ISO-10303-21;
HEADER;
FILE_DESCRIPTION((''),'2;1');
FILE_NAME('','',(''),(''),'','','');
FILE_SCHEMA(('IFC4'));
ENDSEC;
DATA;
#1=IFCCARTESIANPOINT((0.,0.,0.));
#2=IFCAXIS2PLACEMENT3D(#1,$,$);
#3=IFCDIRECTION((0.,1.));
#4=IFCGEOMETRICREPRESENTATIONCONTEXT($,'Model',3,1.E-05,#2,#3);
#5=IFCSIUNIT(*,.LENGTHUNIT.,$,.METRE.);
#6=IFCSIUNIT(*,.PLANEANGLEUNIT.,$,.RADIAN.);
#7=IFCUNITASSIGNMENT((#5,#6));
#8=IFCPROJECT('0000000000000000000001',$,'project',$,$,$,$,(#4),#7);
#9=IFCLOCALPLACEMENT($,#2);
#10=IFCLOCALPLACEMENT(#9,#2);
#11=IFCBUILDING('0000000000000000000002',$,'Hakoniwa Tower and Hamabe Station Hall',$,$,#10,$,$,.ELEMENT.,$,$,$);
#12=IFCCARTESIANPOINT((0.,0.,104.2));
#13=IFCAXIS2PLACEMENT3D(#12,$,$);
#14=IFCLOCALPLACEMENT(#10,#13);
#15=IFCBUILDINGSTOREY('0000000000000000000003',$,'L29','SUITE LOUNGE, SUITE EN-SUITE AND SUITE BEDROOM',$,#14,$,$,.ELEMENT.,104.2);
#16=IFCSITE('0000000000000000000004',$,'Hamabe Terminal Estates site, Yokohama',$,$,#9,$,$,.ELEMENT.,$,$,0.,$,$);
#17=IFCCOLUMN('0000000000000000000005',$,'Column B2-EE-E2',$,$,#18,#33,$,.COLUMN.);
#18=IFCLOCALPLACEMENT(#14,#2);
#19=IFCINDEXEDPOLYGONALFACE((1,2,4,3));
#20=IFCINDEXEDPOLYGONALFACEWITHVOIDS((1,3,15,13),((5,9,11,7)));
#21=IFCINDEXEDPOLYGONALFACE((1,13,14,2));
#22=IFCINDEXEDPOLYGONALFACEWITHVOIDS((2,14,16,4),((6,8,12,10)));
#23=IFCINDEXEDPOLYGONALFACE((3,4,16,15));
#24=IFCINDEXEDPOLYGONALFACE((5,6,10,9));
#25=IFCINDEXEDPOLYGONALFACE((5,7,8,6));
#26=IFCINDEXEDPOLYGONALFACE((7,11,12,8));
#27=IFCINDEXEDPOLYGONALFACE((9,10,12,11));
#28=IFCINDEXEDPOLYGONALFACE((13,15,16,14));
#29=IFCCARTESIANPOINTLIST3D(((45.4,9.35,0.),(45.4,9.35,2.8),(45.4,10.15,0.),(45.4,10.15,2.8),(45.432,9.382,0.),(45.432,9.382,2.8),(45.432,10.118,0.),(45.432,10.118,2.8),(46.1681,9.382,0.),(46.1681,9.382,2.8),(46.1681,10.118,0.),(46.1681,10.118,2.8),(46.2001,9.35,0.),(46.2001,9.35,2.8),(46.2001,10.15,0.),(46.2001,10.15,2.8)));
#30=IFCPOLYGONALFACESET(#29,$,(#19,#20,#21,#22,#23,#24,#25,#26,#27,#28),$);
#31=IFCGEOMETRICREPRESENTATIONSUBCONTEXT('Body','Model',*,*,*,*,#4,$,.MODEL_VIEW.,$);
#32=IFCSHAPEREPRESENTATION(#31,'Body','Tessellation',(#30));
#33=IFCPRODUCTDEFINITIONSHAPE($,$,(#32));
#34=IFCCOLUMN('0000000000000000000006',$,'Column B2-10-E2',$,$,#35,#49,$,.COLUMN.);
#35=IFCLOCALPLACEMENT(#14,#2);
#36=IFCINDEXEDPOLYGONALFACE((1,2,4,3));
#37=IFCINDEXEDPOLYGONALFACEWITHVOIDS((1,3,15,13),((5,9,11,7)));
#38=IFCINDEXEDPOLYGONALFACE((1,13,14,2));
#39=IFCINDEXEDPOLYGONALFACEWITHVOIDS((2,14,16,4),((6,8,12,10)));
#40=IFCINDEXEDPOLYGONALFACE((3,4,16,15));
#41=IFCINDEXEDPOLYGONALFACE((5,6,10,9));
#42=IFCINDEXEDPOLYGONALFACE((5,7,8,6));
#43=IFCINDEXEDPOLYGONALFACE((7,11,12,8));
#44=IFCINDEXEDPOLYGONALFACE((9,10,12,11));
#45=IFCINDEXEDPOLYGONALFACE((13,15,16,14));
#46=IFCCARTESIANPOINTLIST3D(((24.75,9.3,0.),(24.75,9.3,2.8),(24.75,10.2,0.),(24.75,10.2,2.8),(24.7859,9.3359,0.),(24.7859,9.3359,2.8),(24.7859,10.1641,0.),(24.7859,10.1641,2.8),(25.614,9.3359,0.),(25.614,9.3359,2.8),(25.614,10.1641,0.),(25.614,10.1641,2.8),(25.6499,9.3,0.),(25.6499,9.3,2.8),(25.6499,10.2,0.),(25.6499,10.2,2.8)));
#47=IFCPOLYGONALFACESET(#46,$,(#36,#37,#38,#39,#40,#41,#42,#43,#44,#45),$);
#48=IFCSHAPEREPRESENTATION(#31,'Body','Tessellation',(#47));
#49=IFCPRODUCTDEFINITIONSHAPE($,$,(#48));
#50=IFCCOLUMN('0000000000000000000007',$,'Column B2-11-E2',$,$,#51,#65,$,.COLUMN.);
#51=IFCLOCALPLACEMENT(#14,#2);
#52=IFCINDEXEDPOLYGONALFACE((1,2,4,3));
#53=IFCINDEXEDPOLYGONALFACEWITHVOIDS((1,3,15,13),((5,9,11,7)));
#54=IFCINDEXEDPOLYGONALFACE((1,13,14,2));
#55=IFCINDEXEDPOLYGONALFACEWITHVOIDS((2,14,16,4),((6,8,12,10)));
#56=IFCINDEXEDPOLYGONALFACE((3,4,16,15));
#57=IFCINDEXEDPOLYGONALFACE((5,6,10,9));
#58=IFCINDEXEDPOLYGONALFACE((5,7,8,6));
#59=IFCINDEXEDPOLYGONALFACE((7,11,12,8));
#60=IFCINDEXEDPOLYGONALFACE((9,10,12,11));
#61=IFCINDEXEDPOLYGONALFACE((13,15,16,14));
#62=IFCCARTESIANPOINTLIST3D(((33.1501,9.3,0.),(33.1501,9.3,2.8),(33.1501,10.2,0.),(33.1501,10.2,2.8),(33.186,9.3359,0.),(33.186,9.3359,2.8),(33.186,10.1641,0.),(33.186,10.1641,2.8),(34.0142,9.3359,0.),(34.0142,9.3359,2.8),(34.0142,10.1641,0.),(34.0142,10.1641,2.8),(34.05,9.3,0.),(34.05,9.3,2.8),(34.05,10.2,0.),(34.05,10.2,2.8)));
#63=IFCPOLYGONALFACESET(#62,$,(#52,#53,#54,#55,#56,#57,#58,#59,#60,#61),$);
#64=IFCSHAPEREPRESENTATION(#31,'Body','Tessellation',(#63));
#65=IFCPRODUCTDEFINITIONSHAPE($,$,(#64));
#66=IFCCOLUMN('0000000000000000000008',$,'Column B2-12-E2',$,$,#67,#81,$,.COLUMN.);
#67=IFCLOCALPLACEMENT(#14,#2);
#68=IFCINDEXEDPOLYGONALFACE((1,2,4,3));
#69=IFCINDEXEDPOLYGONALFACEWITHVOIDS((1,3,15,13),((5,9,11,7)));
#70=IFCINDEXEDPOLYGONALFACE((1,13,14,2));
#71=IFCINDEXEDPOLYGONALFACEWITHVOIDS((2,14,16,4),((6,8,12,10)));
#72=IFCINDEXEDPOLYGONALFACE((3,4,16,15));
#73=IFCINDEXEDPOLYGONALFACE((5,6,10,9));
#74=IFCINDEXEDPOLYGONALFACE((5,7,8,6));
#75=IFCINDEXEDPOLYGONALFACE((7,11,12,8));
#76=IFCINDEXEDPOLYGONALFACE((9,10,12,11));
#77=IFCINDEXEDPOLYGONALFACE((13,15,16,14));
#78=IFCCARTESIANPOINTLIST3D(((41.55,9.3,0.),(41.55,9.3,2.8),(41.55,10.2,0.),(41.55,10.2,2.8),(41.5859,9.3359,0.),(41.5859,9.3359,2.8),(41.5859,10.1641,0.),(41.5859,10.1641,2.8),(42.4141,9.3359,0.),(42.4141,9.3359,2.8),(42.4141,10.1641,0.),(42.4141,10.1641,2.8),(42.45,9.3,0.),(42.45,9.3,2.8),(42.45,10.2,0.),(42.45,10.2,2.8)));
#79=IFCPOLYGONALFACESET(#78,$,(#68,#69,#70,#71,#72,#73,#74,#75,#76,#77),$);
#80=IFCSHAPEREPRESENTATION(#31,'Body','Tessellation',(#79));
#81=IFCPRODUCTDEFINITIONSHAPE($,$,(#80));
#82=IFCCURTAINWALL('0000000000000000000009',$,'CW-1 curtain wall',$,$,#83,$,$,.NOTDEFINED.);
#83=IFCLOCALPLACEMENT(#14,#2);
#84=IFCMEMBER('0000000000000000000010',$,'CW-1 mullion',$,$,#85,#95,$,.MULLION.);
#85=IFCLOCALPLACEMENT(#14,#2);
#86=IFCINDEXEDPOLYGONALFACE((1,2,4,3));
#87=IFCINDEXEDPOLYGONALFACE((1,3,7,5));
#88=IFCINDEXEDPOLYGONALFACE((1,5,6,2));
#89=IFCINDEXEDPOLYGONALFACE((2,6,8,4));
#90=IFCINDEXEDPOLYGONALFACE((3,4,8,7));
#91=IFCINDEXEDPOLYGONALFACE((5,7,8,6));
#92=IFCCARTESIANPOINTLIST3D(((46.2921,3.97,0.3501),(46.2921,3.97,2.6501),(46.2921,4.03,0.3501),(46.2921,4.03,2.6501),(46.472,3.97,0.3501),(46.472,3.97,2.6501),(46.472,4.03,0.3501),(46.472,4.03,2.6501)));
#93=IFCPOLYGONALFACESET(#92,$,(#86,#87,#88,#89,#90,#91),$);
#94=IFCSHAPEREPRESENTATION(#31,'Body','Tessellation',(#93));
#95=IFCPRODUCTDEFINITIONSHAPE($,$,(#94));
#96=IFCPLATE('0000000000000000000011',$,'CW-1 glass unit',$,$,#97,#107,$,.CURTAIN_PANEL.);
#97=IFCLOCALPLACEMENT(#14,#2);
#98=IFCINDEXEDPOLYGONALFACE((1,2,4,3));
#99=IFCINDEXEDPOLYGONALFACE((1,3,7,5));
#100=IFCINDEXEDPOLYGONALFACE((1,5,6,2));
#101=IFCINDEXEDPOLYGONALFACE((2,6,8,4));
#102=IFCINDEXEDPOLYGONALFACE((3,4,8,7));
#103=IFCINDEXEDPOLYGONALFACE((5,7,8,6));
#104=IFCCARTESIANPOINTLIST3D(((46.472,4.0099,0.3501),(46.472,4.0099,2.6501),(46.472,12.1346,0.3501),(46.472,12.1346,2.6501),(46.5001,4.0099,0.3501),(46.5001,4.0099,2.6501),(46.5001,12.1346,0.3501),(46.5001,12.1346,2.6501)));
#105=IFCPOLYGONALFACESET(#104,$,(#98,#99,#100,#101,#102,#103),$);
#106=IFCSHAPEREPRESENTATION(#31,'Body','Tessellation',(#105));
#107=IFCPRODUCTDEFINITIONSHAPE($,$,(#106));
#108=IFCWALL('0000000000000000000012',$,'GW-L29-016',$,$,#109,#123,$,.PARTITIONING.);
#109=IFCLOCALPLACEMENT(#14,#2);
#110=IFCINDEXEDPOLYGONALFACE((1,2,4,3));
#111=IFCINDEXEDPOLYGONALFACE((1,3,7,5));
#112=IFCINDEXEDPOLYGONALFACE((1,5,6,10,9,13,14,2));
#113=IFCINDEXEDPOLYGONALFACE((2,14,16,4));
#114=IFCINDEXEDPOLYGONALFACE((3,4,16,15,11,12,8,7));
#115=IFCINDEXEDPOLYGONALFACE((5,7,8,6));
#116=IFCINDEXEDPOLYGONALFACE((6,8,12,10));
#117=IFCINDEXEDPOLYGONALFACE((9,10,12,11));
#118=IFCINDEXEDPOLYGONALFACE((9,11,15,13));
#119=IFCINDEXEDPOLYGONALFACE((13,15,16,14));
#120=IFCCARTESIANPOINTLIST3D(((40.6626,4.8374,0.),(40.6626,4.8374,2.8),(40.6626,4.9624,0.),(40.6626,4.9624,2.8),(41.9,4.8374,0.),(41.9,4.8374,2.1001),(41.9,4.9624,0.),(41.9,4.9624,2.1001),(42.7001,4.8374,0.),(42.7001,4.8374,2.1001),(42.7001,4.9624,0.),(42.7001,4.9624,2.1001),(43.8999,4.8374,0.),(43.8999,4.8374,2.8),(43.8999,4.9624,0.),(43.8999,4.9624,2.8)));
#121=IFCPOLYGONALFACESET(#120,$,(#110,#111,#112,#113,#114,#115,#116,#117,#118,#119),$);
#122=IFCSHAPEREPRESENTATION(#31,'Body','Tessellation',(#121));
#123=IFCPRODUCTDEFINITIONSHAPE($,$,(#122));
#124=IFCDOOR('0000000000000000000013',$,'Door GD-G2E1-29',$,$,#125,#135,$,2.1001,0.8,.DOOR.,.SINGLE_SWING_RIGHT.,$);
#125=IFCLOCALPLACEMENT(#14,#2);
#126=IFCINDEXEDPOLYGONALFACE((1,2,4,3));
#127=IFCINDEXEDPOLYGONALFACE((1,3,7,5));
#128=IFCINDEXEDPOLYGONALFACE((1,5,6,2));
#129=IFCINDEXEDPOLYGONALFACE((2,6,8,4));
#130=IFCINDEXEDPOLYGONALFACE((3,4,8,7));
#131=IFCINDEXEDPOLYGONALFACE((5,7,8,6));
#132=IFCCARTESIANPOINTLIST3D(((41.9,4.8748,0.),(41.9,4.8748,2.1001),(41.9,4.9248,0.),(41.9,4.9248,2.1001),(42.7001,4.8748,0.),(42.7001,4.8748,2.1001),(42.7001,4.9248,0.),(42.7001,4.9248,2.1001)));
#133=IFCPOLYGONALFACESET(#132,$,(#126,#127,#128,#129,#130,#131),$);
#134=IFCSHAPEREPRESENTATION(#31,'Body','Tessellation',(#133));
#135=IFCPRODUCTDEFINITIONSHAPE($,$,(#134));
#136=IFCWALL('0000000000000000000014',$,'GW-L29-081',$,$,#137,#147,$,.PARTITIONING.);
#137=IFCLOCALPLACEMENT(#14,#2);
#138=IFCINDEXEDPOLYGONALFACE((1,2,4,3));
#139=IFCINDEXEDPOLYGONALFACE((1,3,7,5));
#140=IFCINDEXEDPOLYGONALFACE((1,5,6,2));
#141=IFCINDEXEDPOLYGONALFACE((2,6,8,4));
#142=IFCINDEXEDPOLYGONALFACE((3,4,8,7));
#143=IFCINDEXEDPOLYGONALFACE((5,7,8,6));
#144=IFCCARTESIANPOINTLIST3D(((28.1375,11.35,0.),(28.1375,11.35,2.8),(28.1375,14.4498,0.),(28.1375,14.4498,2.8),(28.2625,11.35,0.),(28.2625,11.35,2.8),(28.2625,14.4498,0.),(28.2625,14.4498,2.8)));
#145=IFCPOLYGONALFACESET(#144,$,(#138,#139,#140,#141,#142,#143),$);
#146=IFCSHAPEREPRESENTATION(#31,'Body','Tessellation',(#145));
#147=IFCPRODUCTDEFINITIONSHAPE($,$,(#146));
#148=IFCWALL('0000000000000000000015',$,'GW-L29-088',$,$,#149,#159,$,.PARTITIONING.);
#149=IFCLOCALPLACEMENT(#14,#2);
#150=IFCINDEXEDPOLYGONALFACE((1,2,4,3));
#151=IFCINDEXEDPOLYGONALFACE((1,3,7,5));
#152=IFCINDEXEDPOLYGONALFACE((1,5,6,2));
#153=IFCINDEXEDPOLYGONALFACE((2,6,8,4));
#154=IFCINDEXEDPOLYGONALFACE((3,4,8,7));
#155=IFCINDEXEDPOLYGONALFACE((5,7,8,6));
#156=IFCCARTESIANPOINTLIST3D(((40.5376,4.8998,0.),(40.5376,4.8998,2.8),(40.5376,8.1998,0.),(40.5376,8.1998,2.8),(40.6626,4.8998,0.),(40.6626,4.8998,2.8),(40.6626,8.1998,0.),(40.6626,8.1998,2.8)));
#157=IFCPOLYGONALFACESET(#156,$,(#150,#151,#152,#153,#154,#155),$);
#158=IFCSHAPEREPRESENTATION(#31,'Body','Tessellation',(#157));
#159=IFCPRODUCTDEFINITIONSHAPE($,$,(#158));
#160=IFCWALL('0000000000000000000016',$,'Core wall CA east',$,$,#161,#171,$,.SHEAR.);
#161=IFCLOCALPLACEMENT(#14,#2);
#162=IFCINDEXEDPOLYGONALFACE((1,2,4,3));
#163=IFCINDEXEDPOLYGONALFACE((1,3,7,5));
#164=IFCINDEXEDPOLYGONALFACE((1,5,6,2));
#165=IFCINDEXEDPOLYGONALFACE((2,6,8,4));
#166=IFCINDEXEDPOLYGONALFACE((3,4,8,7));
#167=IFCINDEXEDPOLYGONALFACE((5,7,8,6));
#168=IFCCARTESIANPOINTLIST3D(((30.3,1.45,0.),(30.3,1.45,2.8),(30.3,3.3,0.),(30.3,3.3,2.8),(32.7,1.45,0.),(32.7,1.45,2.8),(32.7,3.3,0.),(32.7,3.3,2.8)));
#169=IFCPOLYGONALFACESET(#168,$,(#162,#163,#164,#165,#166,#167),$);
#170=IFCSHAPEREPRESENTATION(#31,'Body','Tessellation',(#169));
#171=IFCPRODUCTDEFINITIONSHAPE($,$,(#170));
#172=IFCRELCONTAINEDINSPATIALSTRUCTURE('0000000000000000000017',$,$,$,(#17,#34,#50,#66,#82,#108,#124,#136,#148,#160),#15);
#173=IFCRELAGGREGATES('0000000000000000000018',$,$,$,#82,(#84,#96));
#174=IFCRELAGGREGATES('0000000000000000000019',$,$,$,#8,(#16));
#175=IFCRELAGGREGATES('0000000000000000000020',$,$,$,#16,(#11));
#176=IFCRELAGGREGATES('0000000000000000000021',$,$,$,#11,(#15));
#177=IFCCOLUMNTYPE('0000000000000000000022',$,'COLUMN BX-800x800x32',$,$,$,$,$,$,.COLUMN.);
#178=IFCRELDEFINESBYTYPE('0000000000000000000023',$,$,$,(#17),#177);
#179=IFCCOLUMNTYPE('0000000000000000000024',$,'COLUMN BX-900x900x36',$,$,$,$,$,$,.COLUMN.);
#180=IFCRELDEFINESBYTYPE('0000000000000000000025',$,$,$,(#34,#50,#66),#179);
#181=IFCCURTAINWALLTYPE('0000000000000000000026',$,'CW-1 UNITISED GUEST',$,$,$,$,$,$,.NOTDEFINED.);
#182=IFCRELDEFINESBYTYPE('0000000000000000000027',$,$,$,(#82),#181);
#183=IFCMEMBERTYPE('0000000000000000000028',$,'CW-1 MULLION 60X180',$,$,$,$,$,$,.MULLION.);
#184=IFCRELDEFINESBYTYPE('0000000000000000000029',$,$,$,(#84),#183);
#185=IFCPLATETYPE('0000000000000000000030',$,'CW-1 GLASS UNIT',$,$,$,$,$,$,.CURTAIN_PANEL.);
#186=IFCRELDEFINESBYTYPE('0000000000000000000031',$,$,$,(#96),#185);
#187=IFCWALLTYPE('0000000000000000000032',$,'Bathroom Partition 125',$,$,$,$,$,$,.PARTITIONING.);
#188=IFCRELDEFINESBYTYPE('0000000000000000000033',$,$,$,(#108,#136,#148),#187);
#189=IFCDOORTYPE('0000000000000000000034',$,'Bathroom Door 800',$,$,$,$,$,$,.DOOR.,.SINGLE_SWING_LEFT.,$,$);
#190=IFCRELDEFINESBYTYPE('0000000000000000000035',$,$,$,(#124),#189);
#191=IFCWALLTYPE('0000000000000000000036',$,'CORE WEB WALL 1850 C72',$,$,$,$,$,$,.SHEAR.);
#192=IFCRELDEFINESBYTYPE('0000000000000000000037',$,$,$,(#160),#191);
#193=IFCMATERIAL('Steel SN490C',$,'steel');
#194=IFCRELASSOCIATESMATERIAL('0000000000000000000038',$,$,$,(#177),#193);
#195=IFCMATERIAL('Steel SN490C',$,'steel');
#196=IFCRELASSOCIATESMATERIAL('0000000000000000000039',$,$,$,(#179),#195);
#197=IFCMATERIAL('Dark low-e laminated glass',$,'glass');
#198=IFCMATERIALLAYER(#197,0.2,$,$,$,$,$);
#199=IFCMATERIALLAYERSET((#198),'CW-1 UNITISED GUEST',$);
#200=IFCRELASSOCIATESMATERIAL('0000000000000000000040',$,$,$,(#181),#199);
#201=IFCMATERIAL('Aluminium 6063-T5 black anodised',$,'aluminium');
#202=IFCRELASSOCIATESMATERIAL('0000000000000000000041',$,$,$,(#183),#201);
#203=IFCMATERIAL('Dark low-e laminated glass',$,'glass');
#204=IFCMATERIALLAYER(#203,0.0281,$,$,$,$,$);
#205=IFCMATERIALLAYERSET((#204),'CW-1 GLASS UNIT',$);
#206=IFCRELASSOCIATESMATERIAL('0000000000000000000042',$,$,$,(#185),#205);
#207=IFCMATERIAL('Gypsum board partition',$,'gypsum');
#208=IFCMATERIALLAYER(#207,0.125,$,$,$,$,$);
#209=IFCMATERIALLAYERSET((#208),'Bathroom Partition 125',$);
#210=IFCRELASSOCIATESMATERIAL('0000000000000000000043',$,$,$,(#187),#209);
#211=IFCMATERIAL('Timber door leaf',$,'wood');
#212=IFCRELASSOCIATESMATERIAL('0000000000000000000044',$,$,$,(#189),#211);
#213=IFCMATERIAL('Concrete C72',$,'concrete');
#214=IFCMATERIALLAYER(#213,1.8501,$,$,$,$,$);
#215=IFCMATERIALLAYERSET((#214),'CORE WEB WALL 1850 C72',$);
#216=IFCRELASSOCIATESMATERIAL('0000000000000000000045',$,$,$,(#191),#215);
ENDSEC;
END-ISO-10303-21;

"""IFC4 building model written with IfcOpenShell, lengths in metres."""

from ifc_helpers import new_model, si_unit, direction, frame, frame_2d, origin, origin_2d, place, context, subcontext, project, spatial, rectangle, hollow_rectangle, extrude, material, layer, layer_set, material_profile, profile_set, type_object, element, fill, aggregate, save


model = new_model("IFC4")

# Units and contexts
model_context = context("Model", 3, precision=1e-05, world=origin(), true_north=direction((0.0, 1.0)))
body_context = subcontext(model_context, "Body", "Model", "MODEL_VIEW")
ifc_project = project(units=[si_unit("LENGTHUNIT", "METRE"), si_unit("PLANEANGLEUNIT", "RADIAN")], contexts=[model_context])

# Site, building, storey
site_placement = place(None, origin())
site = spatial("IfcSite", under=ifc_project, at=site_placement, Name="Hamabe Terminal Estates site, Yokohama", CompositionType="ELEMENT", RefElevation=0.0)
building_placement = place(site_placement, origin())
building = spatial("IfcBuilding", under=site, at=building_placement, Name="Hakoniwa Tower and Hamabe Station Hall", CompositionType="ELEMENT")
storey_placement = place(building_placement, frame((0.0, 0.0, 104.2)))
storey = spatial("IfcBuildingStorey", under=building, at=storey_placement, Name="L29", Description="SUITE LOUNGE, SUITE EN-SUITE AND SUITE BEDROOM", CompositionType="ELEMENT", Elevation=104.2)

# Columns
ifc_material_1 = material(Name="Steel SN490C", Category="steel")
ifc_material_profile_1 = material_profile(ifc_material_1, hollow_rectangle(XDim=0.8, YDim=0.8, WallThickness=0.032, at=origin_2d()), Name="BX-800x800x32")
ifc_profile_set_1 = profile_set([ifc_material_profile_1], Name="Steel SN490C")
column_type_1 = type_object("IfcColumnType", Name="COLUMN BX-800x800x32", PredefinedType="COLUMN", material=ifc_profile_set_1)
column_placement = place(storey_placement, frame((45.8, 9.75, 0.0), z_axis=(0.0, 0.0, 1.0), x_axis=(1.0, 0.0, 0.0)))
element("IfcColumn", 1, at=column_placement, inside=storey, type_object=column_type_1, Name="Column B2-EE-E2", PredefinedType="COLUMN", context=body_context, shape_type="SweptSolid", body=[
    extrude(hollow_rectangle(XDim=0.8, YDim=0.8, WallThickness=0.032, at=origin_2d()), origin(), (0.0, 0.0, 1.0), 2.8),
])
ifc_material_2 = material(Name="Steel SN490C", Category="steel")
ifc_material_profile_2 = material_profile(ifc_material_2, hollow_rectangle(XDim=0.8999, YDim=0.8999, WallThickness=0.0359, at=origin_2d()), Name="BX-900x900x36")
ifc_profile_set_2 = profile_set([ifc_material_profile_2], Name="Steel SN490C")
column_type_2 = type_object("IfcColumnType", Name="COLUMN BX-900x900x36", PredefinedType="COLUMN", material=ifc_profile_set_2)
for number, where, z_axis, x_axis, name in (
    (2, (25.2, 9.75, 0.0), (0.0, 0.0, 1.0), (1.0, 0.0, 0.0), "Column B2-10-E2"),
    (3, (33.6001, 9.75, 0.0), (0.0, 0.0, 1.0), (1.0, 0.0, 0.0), "Column B2-11-E2"),
    (4, (42.0, 9.75, 0.0), (0.0, 0.0, 1.0), (1.0, 0.0, 0.0), "Column B2-12-E2"),
):
    element("IfcColumn", number, at=place(storey_placement, frame(where, z_axis=z_axis, x_axis=x_axis)), inside=storey, type_object=column_type_2, Name=name, PredefinedType="COLUMN", context=body_context, shape_type="SweptSolid", body=[
        extrude(hollow_rectangle(XDim=0.8999, YDim=0.8999, WallThickness=0.0359, at=origin_2d()), origin(), (0.0, 0.0, 1.0), 2.8),
    ])

# Curtain wall, member, plate
ifc_material_3 = material(Name="Dark low-e laminated glass", Category="glass")
ifc_layer_1 = layer(ifc_material_3, 0.2)
ifc_layer_set_1 = layer_set([ifc_layer_1], Name="CW-1 UNITISED GUEST")
curtain_wall_type = type_object("IfcCurtainWallType", Name="CW-1 UNITISED GUEST", PredefinedType="NOTDEFINED", material=ifc_layer_set_1)
curtain_wall_placement = place(storey_placement, origin())
curtain_wall = element("IfcCurtainWall", 5, at=curtain_wall_placement, inside=storey, type_object=curtain_wall_type, Name="CW-1 curtain wall", PredefinedType="NOTDEFINED")
ifc_material_4 = material(Name="Aluminium 6063-T5 black anodised", Category="aluminium")
ifc_material_profile_3 = material_profile(ifc_material_4, rectangle(XDim=0.0601, YDim=0.1799, at=origin_2d()), Name="CW-1 MULLION 60X180")
ifc_profile_set_3 = profile_set([ifc_material_profile_3], Name="Aluminium 6063-T5 black anodised")
member_type = type_object("IfcMemberType", Name="CW-1 MULLION 60X180", PredefinedType="MULLION", material=ifc_profile_set_3)
member_placement = place(storey_placement, frame((46.3821, 4.0, 0.3501), z_axis=(0.0, 0.0, 1.0), x_axis=(0.0, 1.0, 0.0)))
member = element("IfcMember", 6, at=member_placement, type_object=member_type, Name="CW-1 mullion", PredefinedType="MULLION", context=body_context, shape_type="SweptSolid", body=[
    extrude(rectangle(XDim=0.0601, YDim=0.1799, at=origin_2d()), origin(), (0.0, 0.0, 1.0), 2.3),
])
ifc_material_5 = material(Name="Dark low-e laminated glass", Category="glass")
ifc_layer_2 = layer(ifc_material_5, 0.0281)
ifc_layer_set_2 = layer_set([ifc_layer_2], Name="CW-1 GLASS UNIT")
plate_type = type_object("IfcPlateType", Name="CW-1 GLASS UNIT", PredefinedType="CURTAIN_PANEL", material=ifc_layer_set_2)
plate_placement = place(storey_placement, frame((46.4861, 8.0723, 0.3501), z_axis=(0.0, 0.0, 1.0), x_axis=(0.0, 1.0, 0.0)))
plate = element("IfcPlate", 7, at=plate_placement, type_object=plate_type, Name="CW-1 glass unit", PredefinedType="CURTAIN_PANEL", context=body_context, shape_type="SweptSolid", body=[
    extrude(rectangle(XDim=8.1248, YDim=0.0281, at=origin_2d()), origin(), (0.0, 0.0, 1.0), 2.3),
])
aggregate(curtain_wall, [member, plate])

# Wall, opening, door
ifc_material_6 = material(Name="Gypsum board partition", Category="gypsum")
ifc_layer_3 = layer(ifc_material_6, 0.125)
ifc_layer_set_3 = layer_set([ifc_layer_3], Name="Bathroom Partition 125")
wall_type_1 = type_object("IfcWallType", Name="Bathroom Partition 125", PredefinedType="PARTITIONING", material=ifc_layer_set_3)
wall_1_placement = place(storey_placement, frame((40.6626, 4.8999, 0.0), z_axis=(0.0, 0.0, 1.0), x_axis=(1.0, 0.0, 0.0)))
wall_1 = element("IfcWall", 8, at=wall_1_placement, inside=storey, type_object=wall_type_1, Name="GW-L29-016", PredefinedType="PARTITIONING", context=body_context, shape_type="SweptSolid", body=[
    extrude(rectangle(XDim=3.2373, YDim=0.125, at=frame_2d((1.6187, 0.0))), origin(), (0.0, 0.0, 1.0), 2.8),
])
opening_1_placement = place(wall_1_placement, frame((1.2375, 0.0, 0.0)))
opening_1 = element("IfcOpeningElement", 9, at=opening_1_placement, cuts=wall_1, PredefinedType="OPENING", context=body_context, shape_type="SweptSolid", body=[
    extrude(rectangle(XDim=0.8, YDim=2.1001, at=frame_2d((0.3999, 1.05))), frame((0.0, 0.0725, 0.0), z_axis=(0.0, -1.0, 0.0), x_axis=(1.0, 0.0, 0.0)), (0.0, 0.0, 1.0), 0.145),
])
ifc_material_7 = material(Name="Timber door leaf", Category="wood")
door_type_1 = type_object("IfcDoorType", Name="Bathroom Door 800", OperationType="SINGLE_SWING_LEFT", PredefinedType="DOOR", material=ifc_material_7)
door_1_placement = place(opening_1_placement, origin())
door_1 = element("IfcDoor", 10, at=door_1_placement, inside=storey, type_object=door_type_1, Name="Door GD-G2E1-29", OperationType="SINGLE_SWING_RIGHT", OverallHeight=2.1001, OverallWidth=0.8, PredefinedType="DOOR", context=body_context, shape_type="SweptSolid", body=[
    extrude(rectangle(XDim=0.8, YDim=2.1001, at=frame_2d((0.3999, 1.05))), frame((0.0, 0.0249, 0.0), z_axis=(0.0, -1.0, 0.0), x_axis=(1.0, 0.0, 0.0)), (0.0, 0.0, 1.0), 0.05),
])
fill(opening_1, door_1)

# Walls
wall_2_placement = place(storey_placement, frame((28.2, 11.3501, 0.0), z_axis=(0.0, 0.0, 1.0), x_axis=(0.0, 1.0, 0.0)))
element("IfcWall", 11, at=wall_2_placement, inside=storey, type_object=wall_type_1, Name="GW-L29-081", PredefinedType="PARTITIONING", context=body_context, shape_type="SweptSolid", body=[
    extrude(rectangle(XDim=3.0999, YDim=0.125, at=frame_2d((1.5498, 0.0))), origin(), (0.0, 0.0, 1.0), 2.8),
])
wall_3_placement = place(storey_placement, frame((40.6001, 4.8999, 0.0), z_axis=(0.0, 0.0, 1.0), x_axis=(0.0, 1.0, 0.0)))
element("IfcWall", 12, at=wall_3_placement, inside=storey, type_object=wall_type_1, Name="GW-L29-088", PredefinedType="PARTITIONING", context=body_context, shape_type="SweptSolid", body=[
    extrude(rectangle(XDim=3.3, YDim=0.125, at=frame_2d((1.6499, 0.0))), origin(), (0.0, 0.0, 1.0), 2.8),
])
ifc_material_8 = material(Name="Concrete C72", Category="concrete")
ifc_layer_4 = layer(ifc_material_8, 1.8501)
ifc_layer_set_4 = layer_set([ifc_layer_4], Name="CORE WEB WALL 1850 C72")
wall_type_2 = type_object("IfcWallType", Name="CORE WEB WALL 1850 C72", PredefinedType="SHEAR", material=ifc_layer_set_4)
wall_4_placement = place(storey_placement, frame((30.3, 2.375, 0.0), z_axis=(0.0, 0.0, 1.0), x_axis=(1.0, 0.0, 0.0)))
element("IfcWall", 13, at=wall_4_placement, inside=storey, type_object=wall_type_2, Name="Core wall CA east", PredefinedType="SHEAR", context=body_context, shape_type="SweptSolid", body=[
    extrude(rectangle(XDim=2.3999, YDim=1.8501, at=frame_2d((1.2, 0.0))), origin(), (0.0, 0.0, 1.0), 2.8),
])

save(model, "model.ifc")
